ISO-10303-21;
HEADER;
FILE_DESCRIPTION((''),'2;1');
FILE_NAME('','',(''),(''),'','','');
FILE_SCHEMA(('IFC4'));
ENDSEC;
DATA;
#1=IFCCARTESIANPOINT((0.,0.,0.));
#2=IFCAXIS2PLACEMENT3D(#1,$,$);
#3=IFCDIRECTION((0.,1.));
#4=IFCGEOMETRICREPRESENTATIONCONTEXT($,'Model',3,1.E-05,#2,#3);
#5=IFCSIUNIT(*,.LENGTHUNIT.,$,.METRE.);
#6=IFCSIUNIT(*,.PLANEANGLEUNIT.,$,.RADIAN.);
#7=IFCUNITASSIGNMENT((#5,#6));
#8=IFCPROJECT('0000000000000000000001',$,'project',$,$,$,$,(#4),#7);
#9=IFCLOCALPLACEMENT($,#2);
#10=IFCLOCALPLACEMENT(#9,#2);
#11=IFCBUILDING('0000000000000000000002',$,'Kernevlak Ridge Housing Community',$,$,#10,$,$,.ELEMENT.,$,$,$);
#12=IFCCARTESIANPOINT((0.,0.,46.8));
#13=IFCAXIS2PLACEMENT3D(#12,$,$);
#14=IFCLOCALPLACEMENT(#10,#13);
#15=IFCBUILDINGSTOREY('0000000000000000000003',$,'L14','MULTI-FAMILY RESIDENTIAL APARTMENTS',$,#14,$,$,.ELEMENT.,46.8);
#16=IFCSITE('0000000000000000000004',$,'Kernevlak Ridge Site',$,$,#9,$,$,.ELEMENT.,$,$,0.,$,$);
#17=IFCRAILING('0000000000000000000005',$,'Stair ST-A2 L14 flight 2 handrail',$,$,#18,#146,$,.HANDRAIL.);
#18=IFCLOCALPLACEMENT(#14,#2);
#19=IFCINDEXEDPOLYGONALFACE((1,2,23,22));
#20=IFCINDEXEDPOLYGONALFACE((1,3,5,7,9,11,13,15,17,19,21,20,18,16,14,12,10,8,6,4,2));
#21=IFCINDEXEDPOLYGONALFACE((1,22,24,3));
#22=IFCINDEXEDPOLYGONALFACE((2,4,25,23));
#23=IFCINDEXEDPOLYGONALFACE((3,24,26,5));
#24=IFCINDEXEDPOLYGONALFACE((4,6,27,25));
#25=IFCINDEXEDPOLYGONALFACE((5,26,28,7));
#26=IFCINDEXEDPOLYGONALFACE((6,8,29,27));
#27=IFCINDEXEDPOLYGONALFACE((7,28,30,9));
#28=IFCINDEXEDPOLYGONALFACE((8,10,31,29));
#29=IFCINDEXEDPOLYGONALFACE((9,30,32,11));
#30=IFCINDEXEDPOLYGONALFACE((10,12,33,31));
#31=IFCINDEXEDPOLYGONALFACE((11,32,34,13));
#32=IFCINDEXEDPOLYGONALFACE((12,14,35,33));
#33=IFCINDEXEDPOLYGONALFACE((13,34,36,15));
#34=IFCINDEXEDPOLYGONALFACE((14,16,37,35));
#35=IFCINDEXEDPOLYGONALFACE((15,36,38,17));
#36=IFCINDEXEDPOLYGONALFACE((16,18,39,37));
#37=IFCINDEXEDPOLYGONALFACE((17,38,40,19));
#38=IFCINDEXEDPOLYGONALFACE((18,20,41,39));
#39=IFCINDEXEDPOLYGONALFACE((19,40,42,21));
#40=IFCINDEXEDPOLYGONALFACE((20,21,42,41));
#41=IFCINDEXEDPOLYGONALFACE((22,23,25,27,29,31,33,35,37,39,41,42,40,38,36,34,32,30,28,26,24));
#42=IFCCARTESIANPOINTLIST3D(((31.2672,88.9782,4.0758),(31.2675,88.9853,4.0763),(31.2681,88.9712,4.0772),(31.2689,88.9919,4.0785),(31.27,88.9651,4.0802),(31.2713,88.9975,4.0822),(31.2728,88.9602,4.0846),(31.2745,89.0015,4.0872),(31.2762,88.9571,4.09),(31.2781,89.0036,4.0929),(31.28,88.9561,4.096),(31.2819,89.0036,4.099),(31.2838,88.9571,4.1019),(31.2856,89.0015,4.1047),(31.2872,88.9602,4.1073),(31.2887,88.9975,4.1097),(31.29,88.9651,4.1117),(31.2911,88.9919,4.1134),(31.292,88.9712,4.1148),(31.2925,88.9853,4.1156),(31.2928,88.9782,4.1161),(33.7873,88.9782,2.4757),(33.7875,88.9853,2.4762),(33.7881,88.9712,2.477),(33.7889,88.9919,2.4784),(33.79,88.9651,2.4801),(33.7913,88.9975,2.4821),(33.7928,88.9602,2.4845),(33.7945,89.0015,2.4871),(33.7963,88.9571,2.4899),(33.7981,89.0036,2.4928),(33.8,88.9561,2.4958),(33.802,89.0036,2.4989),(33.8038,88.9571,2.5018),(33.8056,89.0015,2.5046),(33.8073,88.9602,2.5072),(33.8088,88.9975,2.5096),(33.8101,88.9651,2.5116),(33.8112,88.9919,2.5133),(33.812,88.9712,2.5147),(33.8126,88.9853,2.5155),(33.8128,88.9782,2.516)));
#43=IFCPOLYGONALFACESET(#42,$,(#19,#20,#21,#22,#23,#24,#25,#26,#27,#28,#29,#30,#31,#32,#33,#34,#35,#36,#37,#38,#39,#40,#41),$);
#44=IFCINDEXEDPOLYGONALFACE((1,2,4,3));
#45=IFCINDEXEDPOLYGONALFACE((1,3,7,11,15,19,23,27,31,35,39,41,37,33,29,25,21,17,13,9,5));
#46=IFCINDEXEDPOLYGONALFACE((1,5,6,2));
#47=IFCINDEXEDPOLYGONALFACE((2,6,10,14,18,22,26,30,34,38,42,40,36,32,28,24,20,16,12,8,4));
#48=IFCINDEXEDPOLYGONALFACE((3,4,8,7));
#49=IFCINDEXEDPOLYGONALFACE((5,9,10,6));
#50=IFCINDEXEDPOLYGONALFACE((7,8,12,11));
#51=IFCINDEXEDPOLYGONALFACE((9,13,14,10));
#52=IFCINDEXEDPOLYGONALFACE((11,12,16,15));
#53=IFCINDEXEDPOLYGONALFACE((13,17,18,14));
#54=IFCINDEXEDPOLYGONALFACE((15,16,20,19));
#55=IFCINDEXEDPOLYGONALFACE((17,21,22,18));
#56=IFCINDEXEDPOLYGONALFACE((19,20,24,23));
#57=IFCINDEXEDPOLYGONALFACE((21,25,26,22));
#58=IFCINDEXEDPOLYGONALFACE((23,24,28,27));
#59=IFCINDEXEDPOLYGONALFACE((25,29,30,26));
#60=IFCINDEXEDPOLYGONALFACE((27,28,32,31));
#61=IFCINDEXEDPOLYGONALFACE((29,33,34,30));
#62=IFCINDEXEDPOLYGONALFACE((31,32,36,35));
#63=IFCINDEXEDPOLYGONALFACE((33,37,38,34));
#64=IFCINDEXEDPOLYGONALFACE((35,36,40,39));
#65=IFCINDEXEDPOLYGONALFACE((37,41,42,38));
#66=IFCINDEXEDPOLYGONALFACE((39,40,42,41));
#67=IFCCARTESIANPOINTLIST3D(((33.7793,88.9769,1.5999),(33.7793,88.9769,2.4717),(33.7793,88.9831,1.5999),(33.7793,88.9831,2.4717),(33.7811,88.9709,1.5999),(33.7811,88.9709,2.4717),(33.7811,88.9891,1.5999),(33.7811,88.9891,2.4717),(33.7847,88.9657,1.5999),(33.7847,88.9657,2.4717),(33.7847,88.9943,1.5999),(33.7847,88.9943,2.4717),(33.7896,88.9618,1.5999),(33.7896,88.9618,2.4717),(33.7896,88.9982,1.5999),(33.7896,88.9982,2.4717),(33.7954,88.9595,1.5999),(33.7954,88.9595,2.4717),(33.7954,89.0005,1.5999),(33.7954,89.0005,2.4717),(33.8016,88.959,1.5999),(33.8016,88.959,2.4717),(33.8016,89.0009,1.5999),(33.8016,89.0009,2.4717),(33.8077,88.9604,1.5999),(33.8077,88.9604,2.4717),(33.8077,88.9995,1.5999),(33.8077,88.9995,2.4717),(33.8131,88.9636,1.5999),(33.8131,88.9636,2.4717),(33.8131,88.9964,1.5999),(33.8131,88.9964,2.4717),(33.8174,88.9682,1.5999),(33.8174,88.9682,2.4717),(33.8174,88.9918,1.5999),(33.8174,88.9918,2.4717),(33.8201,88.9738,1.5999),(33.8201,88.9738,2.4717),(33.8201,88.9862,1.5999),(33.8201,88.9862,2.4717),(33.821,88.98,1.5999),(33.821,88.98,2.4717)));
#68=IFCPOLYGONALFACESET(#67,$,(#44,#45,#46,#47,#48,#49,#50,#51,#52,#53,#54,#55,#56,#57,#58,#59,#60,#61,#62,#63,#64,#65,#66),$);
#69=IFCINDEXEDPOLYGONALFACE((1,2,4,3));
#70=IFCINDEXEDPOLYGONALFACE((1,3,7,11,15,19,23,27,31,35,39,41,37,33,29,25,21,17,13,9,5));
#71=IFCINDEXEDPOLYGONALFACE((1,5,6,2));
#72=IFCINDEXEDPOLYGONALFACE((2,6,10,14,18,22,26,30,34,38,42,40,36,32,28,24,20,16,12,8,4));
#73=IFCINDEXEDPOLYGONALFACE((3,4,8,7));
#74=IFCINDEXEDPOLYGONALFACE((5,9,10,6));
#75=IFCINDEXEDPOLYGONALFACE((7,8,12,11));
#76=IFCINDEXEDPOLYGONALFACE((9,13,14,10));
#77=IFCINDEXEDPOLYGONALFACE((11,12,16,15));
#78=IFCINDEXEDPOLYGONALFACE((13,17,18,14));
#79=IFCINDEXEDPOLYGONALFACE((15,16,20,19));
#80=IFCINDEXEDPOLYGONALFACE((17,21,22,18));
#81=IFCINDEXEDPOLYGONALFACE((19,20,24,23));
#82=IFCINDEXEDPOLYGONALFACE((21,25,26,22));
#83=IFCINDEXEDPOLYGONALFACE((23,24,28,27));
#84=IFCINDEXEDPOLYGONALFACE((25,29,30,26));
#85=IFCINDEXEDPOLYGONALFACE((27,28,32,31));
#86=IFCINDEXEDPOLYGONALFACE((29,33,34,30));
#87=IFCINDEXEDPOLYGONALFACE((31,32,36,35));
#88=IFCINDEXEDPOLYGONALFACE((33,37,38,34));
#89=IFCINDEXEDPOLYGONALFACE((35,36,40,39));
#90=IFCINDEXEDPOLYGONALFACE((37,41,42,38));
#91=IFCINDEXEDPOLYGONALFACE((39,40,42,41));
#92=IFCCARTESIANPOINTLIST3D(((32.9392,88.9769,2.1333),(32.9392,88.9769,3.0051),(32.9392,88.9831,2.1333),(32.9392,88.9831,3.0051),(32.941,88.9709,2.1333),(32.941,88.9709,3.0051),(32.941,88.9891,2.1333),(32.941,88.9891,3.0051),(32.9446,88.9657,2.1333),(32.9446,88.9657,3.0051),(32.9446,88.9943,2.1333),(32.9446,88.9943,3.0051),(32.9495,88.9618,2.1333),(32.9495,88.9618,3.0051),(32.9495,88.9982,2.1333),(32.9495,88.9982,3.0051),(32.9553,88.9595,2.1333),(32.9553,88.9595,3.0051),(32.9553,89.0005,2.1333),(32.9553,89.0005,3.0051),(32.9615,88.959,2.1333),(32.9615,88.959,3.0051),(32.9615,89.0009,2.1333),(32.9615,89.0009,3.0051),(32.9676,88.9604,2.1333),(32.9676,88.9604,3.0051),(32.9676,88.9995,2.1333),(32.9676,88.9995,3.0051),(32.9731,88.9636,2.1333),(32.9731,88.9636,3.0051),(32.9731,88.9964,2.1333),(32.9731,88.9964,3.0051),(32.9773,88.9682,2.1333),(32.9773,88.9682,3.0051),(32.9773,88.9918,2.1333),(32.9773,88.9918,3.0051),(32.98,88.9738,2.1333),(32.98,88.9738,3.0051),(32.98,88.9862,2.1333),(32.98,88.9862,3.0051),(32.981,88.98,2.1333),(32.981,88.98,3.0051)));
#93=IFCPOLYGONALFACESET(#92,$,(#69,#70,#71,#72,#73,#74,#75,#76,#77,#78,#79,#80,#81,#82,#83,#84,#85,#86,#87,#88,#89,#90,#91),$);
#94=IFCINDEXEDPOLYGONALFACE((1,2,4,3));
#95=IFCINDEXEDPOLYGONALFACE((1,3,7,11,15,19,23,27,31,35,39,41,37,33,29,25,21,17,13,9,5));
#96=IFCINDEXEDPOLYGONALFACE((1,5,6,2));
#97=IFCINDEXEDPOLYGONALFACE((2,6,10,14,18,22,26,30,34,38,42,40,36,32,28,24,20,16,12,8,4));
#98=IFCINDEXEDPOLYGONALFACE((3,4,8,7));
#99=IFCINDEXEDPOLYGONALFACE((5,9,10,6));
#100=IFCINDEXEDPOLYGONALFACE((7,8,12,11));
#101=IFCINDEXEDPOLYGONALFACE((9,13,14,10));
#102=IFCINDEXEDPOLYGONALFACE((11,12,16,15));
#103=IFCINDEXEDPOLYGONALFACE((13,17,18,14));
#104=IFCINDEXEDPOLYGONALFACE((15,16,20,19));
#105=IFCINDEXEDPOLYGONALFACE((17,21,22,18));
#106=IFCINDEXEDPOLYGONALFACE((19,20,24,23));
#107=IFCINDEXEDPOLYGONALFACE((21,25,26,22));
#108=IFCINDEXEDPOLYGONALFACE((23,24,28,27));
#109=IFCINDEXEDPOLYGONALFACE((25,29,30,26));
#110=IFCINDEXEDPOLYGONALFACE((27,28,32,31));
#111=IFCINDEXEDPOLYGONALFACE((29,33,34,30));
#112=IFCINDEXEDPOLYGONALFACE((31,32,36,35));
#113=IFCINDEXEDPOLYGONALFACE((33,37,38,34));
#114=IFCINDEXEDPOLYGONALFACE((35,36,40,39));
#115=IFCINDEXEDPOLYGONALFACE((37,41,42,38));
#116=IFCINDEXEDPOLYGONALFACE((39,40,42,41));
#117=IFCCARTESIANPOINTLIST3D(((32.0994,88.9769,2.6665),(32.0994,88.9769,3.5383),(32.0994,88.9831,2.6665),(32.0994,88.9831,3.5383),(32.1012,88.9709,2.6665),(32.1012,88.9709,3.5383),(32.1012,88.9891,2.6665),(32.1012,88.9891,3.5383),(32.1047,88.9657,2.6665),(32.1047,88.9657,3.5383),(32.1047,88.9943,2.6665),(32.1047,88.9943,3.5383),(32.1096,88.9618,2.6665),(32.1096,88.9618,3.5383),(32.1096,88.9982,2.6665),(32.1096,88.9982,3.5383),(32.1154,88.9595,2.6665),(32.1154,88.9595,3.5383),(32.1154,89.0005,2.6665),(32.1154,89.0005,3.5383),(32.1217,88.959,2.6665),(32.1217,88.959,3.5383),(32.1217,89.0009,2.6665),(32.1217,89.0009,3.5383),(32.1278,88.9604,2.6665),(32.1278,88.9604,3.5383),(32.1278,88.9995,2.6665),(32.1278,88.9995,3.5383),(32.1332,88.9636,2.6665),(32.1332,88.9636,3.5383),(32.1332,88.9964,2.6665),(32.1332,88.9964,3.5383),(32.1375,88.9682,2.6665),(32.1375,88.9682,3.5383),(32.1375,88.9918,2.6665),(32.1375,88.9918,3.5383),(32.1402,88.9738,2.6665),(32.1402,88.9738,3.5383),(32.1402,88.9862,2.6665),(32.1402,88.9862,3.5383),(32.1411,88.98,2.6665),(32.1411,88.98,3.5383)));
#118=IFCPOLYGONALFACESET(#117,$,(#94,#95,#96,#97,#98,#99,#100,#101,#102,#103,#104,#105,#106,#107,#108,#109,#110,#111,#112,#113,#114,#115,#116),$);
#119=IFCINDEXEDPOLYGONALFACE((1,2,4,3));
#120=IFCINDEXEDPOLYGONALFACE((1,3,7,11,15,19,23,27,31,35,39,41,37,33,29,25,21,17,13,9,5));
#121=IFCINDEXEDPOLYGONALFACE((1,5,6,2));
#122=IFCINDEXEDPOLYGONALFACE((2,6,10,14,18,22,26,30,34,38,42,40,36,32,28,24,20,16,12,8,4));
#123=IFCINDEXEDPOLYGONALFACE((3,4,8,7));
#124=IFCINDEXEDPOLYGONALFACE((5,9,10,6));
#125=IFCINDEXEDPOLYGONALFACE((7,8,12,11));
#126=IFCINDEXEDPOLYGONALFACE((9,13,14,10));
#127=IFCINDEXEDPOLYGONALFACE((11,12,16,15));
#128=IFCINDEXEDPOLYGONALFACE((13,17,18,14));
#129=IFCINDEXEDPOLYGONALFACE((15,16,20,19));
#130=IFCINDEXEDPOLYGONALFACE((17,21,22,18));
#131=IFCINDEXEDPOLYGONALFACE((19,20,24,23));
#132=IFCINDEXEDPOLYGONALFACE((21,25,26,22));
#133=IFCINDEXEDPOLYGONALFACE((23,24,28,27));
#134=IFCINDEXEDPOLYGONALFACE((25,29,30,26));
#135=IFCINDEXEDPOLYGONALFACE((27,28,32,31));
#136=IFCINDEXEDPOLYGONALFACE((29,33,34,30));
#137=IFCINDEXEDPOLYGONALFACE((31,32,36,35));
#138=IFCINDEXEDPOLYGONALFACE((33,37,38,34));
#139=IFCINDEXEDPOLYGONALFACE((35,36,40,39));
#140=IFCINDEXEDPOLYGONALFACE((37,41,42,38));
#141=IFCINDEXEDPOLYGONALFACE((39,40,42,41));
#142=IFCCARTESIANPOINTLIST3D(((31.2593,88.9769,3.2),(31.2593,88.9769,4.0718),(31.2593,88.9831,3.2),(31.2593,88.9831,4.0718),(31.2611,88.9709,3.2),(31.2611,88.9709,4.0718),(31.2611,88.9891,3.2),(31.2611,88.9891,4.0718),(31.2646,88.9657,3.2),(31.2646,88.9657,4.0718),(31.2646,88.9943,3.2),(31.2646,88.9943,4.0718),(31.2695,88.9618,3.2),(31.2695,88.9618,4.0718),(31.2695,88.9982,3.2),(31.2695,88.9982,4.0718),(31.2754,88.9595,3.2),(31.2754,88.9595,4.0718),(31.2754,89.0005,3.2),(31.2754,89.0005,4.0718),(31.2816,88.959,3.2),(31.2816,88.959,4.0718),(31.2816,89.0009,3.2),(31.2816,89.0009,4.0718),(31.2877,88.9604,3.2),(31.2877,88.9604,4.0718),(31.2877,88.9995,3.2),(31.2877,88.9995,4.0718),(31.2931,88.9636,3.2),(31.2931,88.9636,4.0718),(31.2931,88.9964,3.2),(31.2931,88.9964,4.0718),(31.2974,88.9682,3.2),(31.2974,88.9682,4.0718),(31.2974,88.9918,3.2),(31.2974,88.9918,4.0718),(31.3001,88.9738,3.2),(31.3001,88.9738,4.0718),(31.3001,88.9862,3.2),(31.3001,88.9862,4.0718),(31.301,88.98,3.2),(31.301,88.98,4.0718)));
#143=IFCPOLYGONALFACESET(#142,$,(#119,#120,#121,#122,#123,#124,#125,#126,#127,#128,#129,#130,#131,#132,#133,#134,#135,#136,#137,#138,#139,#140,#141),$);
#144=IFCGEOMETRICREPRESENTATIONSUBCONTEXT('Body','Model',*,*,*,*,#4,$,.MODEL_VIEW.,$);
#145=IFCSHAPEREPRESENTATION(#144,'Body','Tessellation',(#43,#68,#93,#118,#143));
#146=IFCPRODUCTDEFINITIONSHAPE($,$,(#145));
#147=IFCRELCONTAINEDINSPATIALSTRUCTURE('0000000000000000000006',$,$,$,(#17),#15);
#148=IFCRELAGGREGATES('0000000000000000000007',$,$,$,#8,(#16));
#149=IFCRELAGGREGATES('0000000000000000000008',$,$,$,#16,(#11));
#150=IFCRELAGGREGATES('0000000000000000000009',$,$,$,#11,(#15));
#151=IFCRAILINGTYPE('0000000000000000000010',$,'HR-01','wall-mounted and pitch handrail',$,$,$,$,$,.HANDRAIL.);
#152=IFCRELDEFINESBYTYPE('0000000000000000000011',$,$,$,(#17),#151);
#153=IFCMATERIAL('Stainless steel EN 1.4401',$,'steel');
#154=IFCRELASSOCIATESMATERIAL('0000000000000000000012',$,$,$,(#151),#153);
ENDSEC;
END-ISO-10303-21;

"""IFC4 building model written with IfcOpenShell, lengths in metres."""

from ifc_helpers import new_model, si_unit, direction, frame, origin, origin_2d, place, context, subcontext, project, spatial, circle, extrude, material, type_object, element, save


model = new_model("IFC4")

# Units and contexts
model_context = context("Model", 3, precision=1e-05, world=origin(), true_north=direction((0.0, 1.0)))
body_context = subcontext(model_context, "Body", "Model", "MODEL_VIEW")
ifc_project = project(units=[si_unit("LENGTHUNIT", "METRE"), si_unit("PLANEANGLEUNIT", "RADIAN")], contexts=[model_context])

# Site, building, storey
site_placement = place(None, origin())
site = spatial("IfcSite", under=ifc_project, at=site_placement, Name="Kernevlak Ridge Site", CompositionType="ELEMENT", RefElevation=0.0)
building_placement = place(site_placement, origin())
building = spatial("IfcBuilding", under=site, at=building_placement, Name="Kernevlak Ridge Housing Community", CompositionType="ELEMENT")
storey_placement = place(building_placement, frame((0.0, 0.0, 46.8)))
storey = spatial("IfcBuildingStorey", under=building, at=storey_placement, Name="L14", Description="MULTI-FAMILY RESIDENTIAL APARTMENTS", CompositionType="ELEMENT", Elevation=46.8)

# Railing
ifc_material_1 = material(Name="Stainless steel EN 1.4401", Category="steel")
railing_type_1 = type_object("IfcRailingType", Name="HR-01", Description="wall-mounted and pitch handrail", PredefinedType="HANDRAIL", material=ifc_material_1)
railing_1_placement = place(storey_placement, frame((33.8, 88.98, 1.5999)))
element("IfcRailing", 1, at=railing_1_placement, inside=storey, type_object=railing_type_1, Name="Stair ST-A2 L14 flight 2 handrail", PredefinedType="HANDRAIL", context=body_context, shape_type="SweptSolid", body=[
    extrude(circle(Radius=0.0239, at=origin_2d()), frame((0.0, 0.0, 0.896), z_axis=(-0.8442, 0.0, 0.536028), x_axis=(0.0, -1.0, 0.0)), (0.0, 0.0, 1.0), 2.9851),
    extrude(circle(Radius=0.021, at=origin_2d()), origin(), (0.0, 0.0, 1.0), 0.8718),
    extrude(circle(Radius=0.021, at=origin_2d()), frame((-0.8401, 0.0, 0.5334)), (0.0, 0.0, 1.0), 0.8718),
    extrude(circle(Radius=0.021, at=origin_2d()), frame((-1.6799, 0.0, 1.0667)), (0.0, 0.0, 1.0), 0.8718),
    extrude(circle(Radius=0.021, at=origin_2d()), frame((-2.52, 0.0, 1.6001)), (0.0, 0.0, 1.0), 0.8718),
])

save(model, "model.ifc")
